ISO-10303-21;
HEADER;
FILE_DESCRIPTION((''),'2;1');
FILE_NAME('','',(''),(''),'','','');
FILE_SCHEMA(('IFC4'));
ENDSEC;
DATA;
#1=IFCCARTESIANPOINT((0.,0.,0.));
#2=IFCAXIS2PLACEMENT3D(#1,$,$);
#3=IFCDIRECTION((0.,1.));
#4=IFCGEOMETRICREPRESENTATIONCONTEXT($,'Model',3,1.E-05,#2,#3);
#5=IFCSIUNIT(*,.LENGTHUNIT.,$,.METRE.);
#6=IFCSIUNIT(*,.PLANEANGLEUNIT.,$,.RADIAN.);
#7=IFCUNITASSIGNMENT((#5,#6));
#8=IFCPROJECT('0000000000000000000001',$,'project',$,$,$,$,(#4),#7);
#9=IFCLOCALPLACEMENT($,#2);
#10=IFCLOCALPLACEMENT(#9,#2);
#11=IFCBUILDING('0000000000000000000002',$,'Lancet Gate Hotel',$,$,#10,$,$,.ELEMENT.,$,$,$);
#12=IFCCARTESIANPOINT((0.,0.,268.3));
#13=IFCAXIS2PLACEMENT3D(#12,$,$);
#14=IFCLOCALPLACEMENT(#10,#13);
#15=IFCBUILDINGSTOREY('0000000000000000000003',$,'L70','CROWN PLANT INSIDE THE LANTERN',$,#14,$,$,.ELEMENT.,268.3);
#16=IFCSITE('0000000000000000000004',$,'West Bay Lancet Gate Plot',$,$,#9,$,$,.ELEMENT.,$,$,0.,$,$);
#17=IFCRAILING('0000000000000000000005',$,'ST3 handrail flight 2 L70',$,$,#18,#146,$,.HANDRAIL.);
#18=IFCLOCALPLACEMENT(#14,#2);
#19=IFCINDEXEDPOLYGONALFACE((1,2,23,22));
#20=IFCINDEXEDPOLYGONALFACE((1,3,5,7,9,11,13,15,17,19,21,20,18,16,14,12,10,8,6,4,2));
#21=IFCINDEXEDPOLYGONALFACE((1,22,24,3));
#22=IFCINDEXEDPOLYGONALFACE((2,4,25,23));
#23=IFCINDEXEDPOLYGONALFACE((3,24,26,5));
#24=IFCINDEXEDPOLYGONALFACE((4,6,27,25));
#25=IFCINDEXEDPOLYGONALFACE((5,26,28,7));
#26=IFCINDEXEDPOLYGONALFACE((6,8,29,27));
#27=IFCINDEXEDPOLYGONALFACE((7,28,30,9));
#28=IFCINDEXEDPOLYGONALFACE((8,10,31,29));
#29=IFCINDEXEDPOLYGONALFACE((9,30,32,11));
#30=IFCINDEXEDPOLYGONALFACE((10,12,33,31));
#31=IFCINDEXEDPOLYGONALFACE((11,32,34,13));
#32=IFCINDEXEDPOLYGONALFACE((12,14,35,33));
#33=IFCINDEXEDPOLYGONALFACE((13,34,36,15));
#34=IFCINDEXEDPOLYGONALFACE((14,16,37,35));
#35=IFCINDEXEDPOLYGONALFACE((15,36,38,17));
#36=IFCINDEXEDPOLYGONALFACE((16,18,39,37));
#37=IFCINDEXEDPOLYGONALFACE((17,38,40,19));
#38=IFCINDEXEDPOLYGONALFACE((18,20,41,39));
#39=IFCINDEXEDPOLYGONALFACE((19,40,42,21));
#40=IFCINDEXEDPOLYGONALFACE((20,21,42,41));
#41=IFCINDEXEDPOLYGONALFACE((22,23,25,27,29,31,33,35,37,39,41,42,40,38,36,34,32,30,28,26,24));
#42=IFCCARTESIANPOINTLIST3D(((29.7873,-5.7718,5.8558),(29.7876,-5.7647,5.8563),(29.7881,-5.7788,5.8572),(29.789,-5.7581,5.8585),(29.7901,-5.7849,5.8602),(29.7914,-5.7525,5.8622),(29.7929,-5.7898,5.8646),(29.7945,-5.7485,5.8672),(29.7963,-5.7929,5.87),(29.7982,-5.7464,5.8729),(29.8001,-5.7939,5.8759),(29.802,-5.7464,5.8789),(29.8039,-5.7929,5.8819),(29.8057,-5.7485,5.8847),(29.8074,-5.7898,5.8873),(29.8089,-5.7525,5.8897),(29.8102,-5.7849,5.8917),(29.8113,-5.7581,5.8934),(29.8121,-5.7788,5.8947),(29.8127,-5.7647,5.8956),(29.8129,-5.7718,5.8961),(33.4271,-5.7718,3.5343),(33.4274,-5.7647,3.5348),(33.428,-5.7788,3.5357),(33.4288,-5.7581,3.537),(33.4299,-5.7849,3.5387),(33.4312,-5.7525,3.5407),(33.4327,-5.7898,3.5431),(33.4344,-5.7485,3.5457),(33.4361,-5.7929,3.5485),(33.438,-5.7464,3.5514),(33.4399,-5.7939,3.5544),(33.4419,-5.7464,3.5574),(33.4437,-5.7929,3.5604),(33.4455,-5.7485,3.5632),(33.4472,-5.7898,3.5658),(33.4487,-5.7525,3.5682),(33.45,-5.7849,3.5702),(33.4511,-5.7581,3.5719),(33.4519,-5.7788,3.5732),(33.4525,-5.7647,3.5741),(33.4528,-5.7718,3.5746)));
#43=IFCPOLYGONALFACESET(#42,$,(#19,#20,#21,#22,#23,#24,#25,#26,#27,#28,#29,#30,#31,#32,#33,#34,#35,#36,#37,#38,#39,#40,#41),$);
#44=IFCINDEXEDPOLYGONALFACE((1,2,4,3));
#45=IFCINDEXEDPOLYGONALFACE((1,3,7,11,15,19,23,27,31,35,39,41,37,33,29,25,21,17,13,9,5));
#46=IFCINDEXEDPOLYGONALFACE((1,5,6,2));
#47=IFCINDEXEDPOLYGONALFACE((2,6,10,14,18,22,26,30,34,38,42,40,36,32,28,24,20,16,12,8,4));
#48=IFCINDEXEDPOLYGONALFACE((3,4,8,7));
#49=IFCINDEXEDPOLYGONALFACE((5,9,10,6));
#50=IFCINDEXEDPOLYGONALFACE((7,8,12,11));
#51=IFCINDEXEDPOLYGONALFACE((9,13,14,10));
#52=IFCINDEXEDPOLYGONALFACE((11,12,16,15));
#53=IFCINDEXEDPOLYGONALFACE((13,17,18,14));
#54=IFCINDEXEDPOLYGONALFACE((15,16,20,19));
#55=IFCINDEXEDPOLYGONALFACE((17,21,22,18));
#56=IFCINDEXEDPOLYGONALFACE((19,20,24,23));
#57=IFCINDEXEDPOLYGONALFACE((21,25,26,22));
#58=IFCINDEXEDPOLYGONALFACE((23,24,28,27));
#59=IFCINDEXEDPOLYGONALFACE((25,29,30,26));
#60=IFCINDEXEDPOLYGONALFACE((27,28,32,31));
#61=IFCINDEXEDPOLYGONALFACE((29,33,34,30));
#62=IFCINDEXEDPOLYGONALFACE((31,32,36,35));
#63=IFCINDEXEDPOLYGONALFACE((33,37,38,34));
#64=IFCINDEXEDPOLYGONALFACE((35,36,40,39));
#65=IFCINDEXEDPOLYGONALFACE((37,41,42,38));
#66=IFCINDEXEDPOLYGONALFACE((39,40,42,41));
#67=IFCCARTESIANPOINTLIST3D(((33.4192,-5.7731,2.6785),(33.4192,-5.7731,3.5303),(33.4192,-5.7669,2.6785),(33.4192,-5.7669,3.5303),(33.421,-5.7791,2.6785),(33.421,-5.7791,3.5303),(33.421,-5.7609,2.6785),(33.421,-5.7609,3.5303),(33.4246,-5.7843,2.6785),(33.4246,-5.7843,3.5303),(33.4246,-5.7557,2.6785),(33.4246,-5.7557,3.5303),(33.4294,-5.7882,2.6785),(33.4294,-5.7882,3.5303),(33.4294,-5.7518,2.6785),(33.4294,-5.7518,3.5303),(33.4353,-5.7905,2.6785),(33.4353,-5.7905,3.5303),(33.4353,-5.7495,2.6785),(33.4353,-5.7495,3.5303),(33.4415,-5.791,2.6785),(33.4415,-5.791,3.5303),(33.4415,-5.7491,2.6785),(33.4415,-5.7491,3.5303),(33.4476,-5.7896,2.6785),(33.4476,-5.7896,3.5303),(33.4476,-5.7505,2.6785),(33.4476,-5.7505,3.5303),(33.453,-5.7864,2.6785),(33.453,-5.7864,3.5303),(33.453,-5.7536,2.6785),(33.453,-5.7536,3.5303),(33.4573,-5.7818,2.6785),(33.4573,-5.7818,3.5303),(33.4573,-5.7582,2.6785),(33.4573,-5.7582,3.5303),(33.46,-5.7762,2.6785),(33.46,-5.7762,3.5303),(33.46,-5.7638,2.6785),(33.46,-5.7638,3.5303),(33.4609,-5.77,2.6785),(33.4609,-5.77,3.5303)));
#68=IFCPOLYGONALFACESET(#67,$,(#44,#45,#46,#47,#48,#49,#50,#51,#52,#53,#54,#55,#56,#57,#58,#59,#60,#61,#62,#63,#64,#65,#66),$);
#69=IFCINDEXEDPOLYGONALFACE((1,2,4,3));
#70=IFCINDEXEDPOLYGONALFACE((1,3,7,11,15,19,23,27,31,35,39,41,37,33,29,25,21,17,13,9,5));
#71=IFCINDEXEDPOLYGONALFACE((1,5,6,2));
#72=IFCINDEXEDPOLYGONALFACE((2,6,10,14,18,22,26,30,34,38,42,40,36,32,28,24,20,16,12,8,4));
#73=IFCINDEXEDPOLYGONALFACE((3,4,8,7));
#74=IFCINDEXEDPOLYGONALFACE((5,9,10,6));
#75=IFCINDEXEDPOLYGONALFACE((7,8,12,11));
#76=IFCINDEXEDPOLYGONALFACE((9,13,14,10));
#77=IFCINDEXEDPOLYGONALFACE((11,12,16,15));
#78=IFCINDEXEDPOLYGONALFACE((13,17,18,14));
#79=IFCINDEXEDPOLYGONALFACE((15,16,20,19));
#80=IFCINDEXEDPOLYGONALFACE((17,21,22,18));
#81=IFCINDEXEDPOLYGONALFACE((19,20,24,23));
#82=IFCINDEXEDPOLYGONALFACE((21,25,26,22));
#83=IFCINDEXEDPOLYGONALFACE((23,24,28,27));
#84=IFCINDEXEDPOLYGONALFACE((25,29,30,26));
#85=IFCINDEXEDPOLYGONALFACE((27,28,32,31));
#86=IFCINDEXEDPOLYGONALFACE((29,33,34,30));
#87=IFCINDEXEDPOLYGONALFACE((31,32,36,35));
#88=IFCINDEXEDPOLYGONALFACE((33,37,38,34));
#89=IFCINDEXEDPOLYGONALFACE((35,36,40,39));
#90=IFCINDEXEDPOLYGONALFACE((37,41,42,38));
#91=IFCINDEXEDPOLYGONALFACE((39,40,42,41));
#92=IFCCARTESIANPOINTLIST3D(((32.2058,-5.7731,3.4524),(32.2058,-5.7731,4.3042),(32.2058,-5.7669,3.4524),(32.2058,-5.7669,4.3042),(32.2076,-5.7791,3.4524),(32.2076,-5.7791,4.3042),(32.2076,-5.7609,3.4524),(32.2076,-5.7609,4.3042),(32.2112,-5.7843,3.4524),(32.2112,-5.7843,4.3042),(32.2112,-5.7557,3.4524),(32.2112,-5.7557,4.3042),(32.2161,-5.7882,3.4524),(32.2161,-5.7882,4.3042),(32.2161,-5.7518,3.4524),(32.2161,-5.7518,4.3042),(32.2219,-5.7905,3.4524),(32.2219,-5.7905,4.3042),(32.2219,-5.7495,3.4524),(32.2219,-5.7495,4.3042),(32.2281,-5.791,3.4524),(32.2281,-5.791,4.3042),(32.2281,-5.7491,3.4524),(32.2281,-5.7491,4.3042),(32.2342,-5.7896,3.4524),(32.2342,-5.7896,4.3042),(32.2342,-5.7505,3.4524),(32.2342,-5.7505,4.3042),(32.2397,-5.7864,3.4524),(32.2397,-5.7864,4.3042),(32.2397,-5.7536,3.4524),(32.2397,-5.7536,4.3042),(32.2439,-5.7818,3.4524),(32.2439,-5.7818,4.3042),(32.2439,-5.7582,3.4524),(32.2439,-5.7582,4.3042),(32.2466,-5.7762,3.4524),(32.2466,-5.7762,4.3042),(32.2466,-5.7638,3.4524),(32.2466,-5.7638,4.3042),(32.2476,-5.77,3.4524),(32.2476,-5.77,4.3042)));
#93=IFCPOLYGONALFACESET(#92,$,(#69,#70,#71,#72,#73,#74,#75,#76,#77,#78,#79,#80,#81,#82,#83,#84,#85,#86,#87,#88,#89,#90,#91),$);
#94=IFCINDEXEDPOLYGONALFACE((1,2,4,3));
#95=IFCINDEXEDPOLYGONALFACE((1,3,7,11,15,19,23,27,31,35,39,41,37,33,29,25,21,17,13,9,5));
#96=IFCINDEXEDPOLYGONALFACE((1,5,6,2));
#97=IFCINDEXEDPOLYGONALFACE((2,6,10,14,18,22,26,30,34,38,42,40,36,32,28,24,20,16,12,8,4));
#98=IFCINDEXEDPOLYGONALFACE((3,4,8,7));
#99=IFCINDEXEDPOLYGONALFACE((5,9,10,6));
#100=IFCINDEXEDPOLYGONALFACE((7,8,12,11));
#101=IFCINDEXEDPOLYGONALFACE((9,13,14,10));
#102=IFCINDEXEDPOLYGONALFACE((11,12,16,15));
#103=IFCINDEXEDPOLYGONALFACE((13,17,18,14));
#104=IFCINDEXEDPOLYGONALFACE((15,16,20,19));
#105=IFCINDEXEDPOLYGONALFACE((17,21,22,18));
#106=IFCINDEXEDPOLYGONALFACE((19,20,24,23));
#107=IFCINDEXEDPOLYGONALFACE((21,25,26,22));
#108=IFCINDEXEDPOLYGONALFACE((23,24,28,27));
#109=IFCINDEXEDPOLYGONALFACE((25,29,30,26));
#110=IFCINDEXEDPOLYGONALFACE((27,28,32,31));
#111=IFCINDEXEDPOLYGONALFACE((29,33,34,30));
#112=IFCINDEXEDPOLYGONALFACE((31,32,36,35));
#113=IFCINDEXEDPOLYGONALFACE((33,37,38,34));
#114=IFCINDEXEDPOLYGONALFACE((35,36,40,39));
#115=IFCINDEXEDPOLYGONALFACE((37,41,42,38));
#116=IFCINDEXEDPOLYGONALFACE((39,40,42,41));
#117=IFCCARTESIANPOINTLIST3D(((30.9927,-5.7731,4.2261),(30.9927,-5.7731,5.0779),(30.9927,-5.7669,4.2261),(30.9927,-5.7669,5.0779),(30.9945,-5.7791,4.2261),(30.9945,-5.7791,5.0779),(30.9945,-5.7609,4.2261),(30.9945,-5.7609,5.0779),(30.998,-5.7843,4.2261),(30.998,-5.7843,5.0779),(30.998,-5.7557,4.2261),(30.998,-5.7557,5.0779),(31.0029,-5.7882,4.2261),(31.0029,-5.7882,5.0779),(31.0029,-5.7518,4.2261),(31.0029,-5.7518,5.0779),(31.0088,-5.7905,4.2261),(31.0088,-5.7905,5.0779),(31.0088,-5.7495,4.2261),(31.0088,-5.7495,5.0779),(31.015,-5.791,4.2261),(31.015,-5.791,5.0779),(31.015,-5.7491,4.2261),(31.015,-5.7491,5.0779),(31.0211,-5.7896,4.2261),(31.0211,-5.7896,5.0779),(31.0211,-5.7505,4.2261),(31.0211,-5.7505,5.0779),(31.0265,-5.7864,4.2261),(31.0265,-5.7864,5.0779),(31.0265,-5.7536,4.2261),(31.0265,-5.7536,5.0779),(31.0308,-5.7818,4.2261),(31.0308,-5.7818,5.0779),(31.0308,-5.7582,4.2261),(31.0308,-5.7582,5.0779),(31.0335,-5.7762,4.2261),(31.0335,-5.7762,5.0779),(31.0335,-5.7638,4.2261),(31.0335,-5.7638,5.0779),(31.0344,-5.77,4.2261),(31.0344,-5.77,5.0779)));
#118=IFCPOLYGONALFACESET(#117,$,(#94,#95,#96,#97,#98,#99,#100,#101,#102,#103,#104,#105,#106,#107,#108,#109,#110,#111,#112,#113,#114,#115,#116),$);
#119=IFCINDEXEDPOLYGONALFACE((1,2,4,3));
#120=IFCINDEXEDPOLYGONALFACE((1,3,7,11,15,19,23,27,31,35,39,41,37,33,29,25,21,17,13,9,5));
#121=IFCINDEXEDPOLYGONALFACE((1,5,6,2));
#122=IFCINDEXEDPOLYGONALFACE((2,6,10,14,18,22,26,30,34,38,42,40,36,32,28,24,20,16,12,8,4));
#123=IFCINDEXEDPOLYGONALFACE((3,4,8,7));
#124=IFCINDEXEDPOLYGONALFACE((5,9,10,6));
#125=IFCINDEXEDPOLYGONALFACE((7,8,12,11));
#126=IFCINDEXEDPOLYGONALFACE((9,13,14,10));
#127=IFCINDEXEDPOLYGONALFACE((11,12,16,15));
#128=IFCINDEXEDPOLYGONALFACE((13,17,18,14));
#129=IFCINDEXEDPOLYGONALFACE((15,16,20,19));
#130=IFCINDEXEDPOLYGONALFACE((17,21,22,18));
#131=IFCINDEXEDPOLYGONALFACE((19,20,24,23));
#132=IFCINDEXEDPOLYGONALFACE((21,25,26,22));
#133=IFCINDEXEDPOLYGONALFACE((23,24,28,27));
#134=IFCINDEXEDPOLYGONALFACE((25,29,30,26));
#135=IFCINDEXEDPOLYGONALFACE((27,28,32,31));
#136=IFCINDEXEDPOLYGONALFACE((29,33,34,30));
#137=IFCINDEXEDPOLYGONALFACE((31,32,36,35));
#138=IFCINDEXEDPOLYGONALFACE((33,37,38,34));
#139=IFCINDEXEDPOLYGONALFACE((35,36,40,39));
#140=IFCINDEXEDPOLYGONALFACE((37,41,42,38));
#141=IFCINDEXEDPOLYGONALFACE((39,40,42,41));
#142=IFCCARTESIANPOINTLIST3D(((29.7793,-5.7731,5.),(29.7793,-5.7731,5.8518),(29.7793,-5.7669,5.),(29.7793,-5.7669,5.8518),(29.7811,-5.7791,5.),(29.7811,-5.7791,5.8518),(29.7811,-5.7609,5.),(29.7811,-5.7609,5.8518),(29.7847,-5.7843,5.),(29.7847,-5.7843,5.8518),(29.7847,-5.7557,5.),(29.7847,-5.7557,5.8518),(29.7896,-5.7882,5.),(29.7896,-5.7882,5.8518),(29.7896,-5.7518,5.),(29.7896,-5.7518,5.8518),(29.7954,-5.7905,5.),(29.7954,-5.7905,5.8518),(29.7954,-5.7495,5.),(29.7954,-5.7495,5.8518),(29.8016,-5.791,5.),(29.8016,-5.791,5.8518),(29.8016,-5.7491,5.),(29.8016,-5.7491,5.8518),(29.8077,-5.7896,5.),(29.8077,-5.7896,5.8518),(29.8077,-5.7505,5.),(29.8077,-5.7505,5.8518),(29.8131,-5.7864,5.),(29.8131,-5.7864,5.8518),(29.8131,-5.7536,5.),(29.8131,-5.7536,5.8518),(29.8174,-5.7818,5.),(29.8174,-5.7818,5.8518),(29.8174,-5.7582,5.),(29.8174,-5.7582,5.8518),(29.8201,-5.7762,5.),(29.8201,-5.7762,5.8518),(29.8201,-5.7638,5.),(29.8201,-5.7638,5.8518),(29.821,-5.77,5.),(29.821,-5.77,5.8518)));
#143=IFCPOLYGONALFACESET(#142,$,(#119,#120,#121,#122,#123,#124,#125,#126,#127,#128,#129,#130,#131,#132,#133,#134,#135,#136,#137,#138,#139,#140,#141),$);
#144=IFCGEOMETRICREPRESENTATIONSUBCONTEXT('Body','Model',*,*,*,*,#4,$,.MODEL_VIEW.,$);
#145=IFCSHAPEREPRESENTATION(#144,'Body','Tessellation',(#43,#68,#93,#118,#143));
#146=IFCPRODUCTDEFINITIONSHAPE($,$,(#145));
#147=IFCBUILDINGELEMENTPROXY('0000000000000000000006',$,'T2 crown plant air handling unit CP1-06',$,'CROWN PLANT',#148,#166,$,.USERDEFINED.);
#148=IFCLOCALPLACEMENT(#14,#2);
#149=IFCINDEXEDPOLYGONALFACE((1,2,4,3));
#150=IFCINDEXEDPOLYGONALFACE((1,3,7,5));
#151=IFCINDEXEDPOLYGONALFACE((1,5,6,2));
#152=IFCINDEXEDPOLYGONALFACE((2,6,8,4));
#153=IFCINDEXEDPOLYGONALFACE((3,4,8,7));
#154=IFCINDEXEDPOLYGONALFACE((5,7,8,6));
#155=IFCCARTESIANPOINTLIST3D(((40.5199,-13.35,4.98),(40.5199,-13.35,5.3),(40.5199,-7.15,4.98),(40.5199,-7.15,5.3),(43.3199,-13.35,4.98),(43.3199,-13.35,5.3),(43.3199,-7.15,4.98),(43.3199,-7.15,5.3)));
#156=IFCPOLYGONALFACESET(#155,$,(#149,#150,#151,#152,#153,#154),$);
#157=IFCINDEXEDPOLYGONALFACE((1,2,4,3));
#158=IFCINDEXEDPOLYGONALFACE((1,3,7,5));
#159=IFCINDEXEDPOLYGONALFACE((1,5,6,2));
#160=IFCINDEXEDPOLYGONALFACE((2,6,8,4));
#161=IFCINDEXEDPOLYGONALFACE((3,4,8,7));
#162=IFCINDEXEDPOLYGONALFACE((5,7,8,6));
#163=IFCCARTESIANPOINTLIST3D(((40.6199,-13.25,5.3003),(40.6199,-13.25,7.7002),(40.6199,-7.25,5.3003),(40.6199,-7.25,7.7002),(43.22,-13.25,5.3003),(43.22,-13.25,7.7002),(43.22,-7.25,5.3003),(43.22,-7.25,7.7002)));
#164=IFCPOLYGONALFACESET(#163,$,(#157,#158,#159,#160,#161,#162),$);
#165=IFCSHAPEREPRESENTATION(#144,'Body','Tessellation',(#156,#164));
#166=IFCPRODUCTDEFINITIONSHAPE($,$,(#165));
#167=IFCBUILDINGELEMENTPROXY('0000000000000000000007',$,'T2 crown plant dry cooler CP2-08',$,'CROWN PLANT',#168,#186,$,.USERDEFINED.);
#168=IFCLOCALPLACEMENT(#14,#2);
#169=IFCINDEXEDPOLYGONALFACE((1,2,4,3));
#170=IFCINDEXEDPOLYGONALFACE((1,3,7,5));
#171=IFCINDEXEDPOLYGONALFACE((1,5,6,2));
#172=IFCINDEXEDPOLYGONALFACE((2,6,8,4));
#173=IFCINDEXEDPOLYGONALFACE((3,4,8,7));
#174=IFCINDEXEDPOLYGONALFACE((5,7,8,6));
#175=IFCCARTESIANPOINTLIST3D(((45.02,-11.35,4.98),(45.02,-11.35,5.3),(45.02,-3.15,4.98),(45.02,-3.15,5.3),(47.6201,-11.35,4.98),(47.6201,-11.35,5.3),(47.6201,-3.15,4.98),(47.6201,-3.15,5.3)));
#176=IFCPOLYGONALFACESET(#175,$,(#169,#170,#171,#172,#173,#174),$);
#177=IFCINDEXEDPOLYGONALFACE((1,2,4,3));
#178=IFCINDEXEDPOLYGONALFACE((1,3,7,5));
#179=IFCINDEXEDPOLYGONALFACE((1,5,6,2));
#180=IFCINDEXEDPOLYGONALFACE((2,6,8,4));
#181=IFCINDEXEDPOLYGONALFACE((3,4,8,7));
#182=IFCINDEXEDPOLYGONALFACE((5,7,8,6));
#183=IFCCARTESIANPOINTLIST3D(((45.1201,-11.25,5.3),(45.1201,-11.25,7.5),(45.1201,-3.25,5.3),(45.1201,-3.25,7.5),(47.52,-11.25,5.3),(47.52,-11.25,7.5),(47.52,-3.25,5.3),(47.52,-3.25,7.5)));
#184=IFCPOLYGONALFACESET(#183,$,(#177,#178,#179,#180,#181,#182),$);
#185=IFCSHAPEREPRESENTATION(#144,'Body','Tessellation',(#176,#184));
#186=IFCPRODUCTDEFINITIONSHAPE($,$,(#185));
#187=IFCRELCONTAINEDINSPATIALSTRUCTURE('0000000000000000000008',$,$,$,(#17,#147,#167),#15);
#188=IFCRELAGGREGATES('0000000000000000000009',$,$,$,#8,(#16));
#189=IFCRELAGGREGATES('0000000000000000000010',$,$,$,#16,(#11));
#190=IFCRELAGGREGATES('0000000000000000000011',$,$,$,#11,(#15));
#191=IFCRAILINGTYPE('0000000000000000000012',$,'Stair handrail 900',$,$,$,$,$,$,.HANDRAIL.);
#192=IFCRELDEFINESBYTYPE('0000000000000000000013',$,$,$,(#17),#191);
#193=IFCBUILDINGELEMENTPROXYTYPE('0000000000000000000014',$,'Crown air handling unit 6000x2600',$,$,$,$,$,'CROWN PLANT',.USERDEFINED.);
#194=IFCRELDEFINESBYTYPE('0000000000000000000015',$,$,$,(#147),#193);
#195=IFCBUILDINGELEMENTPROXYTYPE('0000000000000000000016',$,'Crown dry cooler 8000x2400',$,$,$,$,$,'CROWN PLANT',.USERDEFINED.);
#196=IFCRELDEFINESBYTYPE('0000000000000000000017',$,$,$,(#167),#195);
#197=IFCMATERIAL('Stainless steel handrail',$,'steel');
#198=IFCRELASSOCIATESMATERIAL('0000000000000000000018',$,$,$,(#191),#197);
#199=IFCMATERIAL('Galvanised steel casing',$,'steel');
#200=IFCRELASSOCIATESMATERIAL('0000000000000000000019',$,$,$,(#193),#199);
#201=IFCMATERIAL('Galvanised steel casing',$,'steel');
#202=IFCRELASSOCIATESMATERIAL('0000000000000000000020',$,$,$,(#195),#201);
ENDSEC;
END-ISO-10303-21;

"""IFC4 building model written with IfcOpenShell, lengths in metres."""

from ifc_helpers import new_model, si_unit, direction, frame, origin, origin_2d, place, context, subcontext, project, spatial, rectangle, circle, extrude, material, type_object, element, save


model = new_model("IFC4")

# Units and contexts
model_context = context("Model", 3, precision=1e-05, world=origin(), true_north=direction((0.0, 1.0)))
body_context = subcontext(model_context, "Body", "Model", "MODEL_VIEW")
ifc_project = project(units=[si_unit("LENGTHUNIT", "METRE"), si_unit("PLANEANGLEUNIT", "RADIAN")], contexts=[model_context])

# Site, building, storey
site_placement = place(None, origin())
site = spatial("IfcSite", under=ifc_project, at=site_placement, Name="West Bay Lancet Gate Plot", CompositionType="ELEMENT", RefElevation=0.0)
building_placement = place(site_placement, origin())
building = spatial("IfcBuilding", under=site, at=building_placement, Name="Lancet Gate Hotel", CompositionType="ELEMENT")
storey_placement = place(building_placement, frame((0.0, 0.0, 268.3)))
storey = spatial("IfcBuildingStorey", under=building, at=storey_placement, Name="L70", Description="CROWN PLANT INSIDE THE LANTERN", CompositionType="ELEMENT", Elevation=268.3)

# Railing
ifc_material_1 = material(Name="Stainless steel handrail", Category="steel")
railing_type = type_object("IfcRailingType", Name="Stair handrail 900", PredefinedType="HANDRAIL", material=ifc_material_1)
railing_placement = place(storey_placement, frame((33.4399, -5.77, 2.6785)))
element("IfcRailing", 1, at=railing_placement, inside=storey, type_object=railing_type, Name="ST3 handrail flight 2 L70", PredefinedType="HANDRAIL", context=body_context, shape_type="SweptSolid", body=[
    extrude(circle(Radius=0.0239, at=origin_2d()), frame((0.0, 0.0, 0.876), z_axis=(-0.843112, 0.0, 0.537739), x_axis=(0.0, -1.0, 0.0)), (0.0, 0.0, 1.0), 4.3171),
    extrude(circle(Radius=0.021, at=origin_2d()), origin(), (0.0, 0.0, 1.0), 0.8518),
    extrude(circle(Radius=0.021, at=origin_2d()), frame((-1.2134, 0.0, 0.7739)), (0.0, 0.0, 1.0), 0.8518),
    extrude(circle(Radius=0.021, at=origin_2d()), frame((-2.4265, 0.0, 1.5476)), (0.0, 0.0, 1.0), 0.8518),
    extrude(circle(Radius=0.021, at=origin_2d()), frame((-3.6399, 0.0, 2.3215)), (0.0, 0.0, 1.0), 0.8518),
])

# Building element proxies
ifc_material_2 = material(Name="Galvanised steel casing", Category="steel")
building_element_proxy_type_1 = type_object("IfcBuildingElementProxyType", Name="Crown air handling unit 6000x2600", ElementType="CROWN PLANT", PredefinedType="USERDEFINED", material=ifc_material_2)
proxy_1_placement = place(storey_placement, frame((41.9199, -10.25, 4.98), z_axis=(0.0, 0.0, 1.0), x_axis=(1.0, 0.0, 0.0)))
element("IfcBuildingElementProxy", 2, at=proxy_1_placement, inside=storey, type_object=building_element_proxy_type_1, Name="T2 crown plant air handling unit CP1-06", ObjectType="CROWN PLANT", PredefinedType="USERDEFINED", context=body_context, shape_type="SweptSolid", body=[
    extrude(rectangle(XDim=6.2, YDim=2.8, at=origin_2d()), frame((0.0, 0.0, 0.0), z_axis=(0.0, 0.0, 1.0), x_axis=(0.0, 1.0, 0.0)), (0.0, 0.0, 1.0), 0.3201),
    extrude(rectangle(XDim=6.0, YDim=2.6001, at=origin_2d()), frame((0.0, 0.0, 0.3203), z_axis=(0.0, 0.0, 1.0), x_axis=(0.0, 1.0, 0.0)), (0.0, 0.0, 1.0), 2.3999),
])
ifc_material_3 = material(Name="Galvanised steel casing", Category="steel")
building_element_proxy_type_2 = type_object("IfcBuildingElementProxyType", Name="Crown dry cooler 8000x2400", ElementType="CROWN PLANT", PredefinedType="USERDEFINED", material=ifc_material_3)
proxy_2_placement = place(storey_placement, frame((46.3201, -7.25, 4.98), z_axis=(0.0, 0.0, 1.0), x_axis=(1.0, 0.0, 0.0)))
element("IfcBuildingElementProxy", 3, at=proxy_2_placement, inside=storey, type_object=building_element_proxy_type_2, Name="T2 crown plant dry cooler CP2-08", ObjectType="CROWN PLANT", PredefinedType="USERDEFINED", context=body_context, shape_type="SweptSolid", body=[
    extrude(rectangle(XDim=8.2, YDim=2.6001, at=origin_2d()), frame((0.0, 0.0, 0.0), z_axis=(0.0, 0.0, 1.0), x_axis=(0.0, 1.0, 0.0)), (0.0, 0.0, 1.0), 0.3201),
    extrude(rectangle(XDim=8.0, YDim=2.3999, at=origin_2d()), frame((0.0, 0.0, 0.3201), z_axis=(0.0, 0.0, 1.0), x_axis=(0.0, 1.0, 0.0)), (0.0, 0.0, 1.0), 2.2),
])

save(model, "model.ifc")
